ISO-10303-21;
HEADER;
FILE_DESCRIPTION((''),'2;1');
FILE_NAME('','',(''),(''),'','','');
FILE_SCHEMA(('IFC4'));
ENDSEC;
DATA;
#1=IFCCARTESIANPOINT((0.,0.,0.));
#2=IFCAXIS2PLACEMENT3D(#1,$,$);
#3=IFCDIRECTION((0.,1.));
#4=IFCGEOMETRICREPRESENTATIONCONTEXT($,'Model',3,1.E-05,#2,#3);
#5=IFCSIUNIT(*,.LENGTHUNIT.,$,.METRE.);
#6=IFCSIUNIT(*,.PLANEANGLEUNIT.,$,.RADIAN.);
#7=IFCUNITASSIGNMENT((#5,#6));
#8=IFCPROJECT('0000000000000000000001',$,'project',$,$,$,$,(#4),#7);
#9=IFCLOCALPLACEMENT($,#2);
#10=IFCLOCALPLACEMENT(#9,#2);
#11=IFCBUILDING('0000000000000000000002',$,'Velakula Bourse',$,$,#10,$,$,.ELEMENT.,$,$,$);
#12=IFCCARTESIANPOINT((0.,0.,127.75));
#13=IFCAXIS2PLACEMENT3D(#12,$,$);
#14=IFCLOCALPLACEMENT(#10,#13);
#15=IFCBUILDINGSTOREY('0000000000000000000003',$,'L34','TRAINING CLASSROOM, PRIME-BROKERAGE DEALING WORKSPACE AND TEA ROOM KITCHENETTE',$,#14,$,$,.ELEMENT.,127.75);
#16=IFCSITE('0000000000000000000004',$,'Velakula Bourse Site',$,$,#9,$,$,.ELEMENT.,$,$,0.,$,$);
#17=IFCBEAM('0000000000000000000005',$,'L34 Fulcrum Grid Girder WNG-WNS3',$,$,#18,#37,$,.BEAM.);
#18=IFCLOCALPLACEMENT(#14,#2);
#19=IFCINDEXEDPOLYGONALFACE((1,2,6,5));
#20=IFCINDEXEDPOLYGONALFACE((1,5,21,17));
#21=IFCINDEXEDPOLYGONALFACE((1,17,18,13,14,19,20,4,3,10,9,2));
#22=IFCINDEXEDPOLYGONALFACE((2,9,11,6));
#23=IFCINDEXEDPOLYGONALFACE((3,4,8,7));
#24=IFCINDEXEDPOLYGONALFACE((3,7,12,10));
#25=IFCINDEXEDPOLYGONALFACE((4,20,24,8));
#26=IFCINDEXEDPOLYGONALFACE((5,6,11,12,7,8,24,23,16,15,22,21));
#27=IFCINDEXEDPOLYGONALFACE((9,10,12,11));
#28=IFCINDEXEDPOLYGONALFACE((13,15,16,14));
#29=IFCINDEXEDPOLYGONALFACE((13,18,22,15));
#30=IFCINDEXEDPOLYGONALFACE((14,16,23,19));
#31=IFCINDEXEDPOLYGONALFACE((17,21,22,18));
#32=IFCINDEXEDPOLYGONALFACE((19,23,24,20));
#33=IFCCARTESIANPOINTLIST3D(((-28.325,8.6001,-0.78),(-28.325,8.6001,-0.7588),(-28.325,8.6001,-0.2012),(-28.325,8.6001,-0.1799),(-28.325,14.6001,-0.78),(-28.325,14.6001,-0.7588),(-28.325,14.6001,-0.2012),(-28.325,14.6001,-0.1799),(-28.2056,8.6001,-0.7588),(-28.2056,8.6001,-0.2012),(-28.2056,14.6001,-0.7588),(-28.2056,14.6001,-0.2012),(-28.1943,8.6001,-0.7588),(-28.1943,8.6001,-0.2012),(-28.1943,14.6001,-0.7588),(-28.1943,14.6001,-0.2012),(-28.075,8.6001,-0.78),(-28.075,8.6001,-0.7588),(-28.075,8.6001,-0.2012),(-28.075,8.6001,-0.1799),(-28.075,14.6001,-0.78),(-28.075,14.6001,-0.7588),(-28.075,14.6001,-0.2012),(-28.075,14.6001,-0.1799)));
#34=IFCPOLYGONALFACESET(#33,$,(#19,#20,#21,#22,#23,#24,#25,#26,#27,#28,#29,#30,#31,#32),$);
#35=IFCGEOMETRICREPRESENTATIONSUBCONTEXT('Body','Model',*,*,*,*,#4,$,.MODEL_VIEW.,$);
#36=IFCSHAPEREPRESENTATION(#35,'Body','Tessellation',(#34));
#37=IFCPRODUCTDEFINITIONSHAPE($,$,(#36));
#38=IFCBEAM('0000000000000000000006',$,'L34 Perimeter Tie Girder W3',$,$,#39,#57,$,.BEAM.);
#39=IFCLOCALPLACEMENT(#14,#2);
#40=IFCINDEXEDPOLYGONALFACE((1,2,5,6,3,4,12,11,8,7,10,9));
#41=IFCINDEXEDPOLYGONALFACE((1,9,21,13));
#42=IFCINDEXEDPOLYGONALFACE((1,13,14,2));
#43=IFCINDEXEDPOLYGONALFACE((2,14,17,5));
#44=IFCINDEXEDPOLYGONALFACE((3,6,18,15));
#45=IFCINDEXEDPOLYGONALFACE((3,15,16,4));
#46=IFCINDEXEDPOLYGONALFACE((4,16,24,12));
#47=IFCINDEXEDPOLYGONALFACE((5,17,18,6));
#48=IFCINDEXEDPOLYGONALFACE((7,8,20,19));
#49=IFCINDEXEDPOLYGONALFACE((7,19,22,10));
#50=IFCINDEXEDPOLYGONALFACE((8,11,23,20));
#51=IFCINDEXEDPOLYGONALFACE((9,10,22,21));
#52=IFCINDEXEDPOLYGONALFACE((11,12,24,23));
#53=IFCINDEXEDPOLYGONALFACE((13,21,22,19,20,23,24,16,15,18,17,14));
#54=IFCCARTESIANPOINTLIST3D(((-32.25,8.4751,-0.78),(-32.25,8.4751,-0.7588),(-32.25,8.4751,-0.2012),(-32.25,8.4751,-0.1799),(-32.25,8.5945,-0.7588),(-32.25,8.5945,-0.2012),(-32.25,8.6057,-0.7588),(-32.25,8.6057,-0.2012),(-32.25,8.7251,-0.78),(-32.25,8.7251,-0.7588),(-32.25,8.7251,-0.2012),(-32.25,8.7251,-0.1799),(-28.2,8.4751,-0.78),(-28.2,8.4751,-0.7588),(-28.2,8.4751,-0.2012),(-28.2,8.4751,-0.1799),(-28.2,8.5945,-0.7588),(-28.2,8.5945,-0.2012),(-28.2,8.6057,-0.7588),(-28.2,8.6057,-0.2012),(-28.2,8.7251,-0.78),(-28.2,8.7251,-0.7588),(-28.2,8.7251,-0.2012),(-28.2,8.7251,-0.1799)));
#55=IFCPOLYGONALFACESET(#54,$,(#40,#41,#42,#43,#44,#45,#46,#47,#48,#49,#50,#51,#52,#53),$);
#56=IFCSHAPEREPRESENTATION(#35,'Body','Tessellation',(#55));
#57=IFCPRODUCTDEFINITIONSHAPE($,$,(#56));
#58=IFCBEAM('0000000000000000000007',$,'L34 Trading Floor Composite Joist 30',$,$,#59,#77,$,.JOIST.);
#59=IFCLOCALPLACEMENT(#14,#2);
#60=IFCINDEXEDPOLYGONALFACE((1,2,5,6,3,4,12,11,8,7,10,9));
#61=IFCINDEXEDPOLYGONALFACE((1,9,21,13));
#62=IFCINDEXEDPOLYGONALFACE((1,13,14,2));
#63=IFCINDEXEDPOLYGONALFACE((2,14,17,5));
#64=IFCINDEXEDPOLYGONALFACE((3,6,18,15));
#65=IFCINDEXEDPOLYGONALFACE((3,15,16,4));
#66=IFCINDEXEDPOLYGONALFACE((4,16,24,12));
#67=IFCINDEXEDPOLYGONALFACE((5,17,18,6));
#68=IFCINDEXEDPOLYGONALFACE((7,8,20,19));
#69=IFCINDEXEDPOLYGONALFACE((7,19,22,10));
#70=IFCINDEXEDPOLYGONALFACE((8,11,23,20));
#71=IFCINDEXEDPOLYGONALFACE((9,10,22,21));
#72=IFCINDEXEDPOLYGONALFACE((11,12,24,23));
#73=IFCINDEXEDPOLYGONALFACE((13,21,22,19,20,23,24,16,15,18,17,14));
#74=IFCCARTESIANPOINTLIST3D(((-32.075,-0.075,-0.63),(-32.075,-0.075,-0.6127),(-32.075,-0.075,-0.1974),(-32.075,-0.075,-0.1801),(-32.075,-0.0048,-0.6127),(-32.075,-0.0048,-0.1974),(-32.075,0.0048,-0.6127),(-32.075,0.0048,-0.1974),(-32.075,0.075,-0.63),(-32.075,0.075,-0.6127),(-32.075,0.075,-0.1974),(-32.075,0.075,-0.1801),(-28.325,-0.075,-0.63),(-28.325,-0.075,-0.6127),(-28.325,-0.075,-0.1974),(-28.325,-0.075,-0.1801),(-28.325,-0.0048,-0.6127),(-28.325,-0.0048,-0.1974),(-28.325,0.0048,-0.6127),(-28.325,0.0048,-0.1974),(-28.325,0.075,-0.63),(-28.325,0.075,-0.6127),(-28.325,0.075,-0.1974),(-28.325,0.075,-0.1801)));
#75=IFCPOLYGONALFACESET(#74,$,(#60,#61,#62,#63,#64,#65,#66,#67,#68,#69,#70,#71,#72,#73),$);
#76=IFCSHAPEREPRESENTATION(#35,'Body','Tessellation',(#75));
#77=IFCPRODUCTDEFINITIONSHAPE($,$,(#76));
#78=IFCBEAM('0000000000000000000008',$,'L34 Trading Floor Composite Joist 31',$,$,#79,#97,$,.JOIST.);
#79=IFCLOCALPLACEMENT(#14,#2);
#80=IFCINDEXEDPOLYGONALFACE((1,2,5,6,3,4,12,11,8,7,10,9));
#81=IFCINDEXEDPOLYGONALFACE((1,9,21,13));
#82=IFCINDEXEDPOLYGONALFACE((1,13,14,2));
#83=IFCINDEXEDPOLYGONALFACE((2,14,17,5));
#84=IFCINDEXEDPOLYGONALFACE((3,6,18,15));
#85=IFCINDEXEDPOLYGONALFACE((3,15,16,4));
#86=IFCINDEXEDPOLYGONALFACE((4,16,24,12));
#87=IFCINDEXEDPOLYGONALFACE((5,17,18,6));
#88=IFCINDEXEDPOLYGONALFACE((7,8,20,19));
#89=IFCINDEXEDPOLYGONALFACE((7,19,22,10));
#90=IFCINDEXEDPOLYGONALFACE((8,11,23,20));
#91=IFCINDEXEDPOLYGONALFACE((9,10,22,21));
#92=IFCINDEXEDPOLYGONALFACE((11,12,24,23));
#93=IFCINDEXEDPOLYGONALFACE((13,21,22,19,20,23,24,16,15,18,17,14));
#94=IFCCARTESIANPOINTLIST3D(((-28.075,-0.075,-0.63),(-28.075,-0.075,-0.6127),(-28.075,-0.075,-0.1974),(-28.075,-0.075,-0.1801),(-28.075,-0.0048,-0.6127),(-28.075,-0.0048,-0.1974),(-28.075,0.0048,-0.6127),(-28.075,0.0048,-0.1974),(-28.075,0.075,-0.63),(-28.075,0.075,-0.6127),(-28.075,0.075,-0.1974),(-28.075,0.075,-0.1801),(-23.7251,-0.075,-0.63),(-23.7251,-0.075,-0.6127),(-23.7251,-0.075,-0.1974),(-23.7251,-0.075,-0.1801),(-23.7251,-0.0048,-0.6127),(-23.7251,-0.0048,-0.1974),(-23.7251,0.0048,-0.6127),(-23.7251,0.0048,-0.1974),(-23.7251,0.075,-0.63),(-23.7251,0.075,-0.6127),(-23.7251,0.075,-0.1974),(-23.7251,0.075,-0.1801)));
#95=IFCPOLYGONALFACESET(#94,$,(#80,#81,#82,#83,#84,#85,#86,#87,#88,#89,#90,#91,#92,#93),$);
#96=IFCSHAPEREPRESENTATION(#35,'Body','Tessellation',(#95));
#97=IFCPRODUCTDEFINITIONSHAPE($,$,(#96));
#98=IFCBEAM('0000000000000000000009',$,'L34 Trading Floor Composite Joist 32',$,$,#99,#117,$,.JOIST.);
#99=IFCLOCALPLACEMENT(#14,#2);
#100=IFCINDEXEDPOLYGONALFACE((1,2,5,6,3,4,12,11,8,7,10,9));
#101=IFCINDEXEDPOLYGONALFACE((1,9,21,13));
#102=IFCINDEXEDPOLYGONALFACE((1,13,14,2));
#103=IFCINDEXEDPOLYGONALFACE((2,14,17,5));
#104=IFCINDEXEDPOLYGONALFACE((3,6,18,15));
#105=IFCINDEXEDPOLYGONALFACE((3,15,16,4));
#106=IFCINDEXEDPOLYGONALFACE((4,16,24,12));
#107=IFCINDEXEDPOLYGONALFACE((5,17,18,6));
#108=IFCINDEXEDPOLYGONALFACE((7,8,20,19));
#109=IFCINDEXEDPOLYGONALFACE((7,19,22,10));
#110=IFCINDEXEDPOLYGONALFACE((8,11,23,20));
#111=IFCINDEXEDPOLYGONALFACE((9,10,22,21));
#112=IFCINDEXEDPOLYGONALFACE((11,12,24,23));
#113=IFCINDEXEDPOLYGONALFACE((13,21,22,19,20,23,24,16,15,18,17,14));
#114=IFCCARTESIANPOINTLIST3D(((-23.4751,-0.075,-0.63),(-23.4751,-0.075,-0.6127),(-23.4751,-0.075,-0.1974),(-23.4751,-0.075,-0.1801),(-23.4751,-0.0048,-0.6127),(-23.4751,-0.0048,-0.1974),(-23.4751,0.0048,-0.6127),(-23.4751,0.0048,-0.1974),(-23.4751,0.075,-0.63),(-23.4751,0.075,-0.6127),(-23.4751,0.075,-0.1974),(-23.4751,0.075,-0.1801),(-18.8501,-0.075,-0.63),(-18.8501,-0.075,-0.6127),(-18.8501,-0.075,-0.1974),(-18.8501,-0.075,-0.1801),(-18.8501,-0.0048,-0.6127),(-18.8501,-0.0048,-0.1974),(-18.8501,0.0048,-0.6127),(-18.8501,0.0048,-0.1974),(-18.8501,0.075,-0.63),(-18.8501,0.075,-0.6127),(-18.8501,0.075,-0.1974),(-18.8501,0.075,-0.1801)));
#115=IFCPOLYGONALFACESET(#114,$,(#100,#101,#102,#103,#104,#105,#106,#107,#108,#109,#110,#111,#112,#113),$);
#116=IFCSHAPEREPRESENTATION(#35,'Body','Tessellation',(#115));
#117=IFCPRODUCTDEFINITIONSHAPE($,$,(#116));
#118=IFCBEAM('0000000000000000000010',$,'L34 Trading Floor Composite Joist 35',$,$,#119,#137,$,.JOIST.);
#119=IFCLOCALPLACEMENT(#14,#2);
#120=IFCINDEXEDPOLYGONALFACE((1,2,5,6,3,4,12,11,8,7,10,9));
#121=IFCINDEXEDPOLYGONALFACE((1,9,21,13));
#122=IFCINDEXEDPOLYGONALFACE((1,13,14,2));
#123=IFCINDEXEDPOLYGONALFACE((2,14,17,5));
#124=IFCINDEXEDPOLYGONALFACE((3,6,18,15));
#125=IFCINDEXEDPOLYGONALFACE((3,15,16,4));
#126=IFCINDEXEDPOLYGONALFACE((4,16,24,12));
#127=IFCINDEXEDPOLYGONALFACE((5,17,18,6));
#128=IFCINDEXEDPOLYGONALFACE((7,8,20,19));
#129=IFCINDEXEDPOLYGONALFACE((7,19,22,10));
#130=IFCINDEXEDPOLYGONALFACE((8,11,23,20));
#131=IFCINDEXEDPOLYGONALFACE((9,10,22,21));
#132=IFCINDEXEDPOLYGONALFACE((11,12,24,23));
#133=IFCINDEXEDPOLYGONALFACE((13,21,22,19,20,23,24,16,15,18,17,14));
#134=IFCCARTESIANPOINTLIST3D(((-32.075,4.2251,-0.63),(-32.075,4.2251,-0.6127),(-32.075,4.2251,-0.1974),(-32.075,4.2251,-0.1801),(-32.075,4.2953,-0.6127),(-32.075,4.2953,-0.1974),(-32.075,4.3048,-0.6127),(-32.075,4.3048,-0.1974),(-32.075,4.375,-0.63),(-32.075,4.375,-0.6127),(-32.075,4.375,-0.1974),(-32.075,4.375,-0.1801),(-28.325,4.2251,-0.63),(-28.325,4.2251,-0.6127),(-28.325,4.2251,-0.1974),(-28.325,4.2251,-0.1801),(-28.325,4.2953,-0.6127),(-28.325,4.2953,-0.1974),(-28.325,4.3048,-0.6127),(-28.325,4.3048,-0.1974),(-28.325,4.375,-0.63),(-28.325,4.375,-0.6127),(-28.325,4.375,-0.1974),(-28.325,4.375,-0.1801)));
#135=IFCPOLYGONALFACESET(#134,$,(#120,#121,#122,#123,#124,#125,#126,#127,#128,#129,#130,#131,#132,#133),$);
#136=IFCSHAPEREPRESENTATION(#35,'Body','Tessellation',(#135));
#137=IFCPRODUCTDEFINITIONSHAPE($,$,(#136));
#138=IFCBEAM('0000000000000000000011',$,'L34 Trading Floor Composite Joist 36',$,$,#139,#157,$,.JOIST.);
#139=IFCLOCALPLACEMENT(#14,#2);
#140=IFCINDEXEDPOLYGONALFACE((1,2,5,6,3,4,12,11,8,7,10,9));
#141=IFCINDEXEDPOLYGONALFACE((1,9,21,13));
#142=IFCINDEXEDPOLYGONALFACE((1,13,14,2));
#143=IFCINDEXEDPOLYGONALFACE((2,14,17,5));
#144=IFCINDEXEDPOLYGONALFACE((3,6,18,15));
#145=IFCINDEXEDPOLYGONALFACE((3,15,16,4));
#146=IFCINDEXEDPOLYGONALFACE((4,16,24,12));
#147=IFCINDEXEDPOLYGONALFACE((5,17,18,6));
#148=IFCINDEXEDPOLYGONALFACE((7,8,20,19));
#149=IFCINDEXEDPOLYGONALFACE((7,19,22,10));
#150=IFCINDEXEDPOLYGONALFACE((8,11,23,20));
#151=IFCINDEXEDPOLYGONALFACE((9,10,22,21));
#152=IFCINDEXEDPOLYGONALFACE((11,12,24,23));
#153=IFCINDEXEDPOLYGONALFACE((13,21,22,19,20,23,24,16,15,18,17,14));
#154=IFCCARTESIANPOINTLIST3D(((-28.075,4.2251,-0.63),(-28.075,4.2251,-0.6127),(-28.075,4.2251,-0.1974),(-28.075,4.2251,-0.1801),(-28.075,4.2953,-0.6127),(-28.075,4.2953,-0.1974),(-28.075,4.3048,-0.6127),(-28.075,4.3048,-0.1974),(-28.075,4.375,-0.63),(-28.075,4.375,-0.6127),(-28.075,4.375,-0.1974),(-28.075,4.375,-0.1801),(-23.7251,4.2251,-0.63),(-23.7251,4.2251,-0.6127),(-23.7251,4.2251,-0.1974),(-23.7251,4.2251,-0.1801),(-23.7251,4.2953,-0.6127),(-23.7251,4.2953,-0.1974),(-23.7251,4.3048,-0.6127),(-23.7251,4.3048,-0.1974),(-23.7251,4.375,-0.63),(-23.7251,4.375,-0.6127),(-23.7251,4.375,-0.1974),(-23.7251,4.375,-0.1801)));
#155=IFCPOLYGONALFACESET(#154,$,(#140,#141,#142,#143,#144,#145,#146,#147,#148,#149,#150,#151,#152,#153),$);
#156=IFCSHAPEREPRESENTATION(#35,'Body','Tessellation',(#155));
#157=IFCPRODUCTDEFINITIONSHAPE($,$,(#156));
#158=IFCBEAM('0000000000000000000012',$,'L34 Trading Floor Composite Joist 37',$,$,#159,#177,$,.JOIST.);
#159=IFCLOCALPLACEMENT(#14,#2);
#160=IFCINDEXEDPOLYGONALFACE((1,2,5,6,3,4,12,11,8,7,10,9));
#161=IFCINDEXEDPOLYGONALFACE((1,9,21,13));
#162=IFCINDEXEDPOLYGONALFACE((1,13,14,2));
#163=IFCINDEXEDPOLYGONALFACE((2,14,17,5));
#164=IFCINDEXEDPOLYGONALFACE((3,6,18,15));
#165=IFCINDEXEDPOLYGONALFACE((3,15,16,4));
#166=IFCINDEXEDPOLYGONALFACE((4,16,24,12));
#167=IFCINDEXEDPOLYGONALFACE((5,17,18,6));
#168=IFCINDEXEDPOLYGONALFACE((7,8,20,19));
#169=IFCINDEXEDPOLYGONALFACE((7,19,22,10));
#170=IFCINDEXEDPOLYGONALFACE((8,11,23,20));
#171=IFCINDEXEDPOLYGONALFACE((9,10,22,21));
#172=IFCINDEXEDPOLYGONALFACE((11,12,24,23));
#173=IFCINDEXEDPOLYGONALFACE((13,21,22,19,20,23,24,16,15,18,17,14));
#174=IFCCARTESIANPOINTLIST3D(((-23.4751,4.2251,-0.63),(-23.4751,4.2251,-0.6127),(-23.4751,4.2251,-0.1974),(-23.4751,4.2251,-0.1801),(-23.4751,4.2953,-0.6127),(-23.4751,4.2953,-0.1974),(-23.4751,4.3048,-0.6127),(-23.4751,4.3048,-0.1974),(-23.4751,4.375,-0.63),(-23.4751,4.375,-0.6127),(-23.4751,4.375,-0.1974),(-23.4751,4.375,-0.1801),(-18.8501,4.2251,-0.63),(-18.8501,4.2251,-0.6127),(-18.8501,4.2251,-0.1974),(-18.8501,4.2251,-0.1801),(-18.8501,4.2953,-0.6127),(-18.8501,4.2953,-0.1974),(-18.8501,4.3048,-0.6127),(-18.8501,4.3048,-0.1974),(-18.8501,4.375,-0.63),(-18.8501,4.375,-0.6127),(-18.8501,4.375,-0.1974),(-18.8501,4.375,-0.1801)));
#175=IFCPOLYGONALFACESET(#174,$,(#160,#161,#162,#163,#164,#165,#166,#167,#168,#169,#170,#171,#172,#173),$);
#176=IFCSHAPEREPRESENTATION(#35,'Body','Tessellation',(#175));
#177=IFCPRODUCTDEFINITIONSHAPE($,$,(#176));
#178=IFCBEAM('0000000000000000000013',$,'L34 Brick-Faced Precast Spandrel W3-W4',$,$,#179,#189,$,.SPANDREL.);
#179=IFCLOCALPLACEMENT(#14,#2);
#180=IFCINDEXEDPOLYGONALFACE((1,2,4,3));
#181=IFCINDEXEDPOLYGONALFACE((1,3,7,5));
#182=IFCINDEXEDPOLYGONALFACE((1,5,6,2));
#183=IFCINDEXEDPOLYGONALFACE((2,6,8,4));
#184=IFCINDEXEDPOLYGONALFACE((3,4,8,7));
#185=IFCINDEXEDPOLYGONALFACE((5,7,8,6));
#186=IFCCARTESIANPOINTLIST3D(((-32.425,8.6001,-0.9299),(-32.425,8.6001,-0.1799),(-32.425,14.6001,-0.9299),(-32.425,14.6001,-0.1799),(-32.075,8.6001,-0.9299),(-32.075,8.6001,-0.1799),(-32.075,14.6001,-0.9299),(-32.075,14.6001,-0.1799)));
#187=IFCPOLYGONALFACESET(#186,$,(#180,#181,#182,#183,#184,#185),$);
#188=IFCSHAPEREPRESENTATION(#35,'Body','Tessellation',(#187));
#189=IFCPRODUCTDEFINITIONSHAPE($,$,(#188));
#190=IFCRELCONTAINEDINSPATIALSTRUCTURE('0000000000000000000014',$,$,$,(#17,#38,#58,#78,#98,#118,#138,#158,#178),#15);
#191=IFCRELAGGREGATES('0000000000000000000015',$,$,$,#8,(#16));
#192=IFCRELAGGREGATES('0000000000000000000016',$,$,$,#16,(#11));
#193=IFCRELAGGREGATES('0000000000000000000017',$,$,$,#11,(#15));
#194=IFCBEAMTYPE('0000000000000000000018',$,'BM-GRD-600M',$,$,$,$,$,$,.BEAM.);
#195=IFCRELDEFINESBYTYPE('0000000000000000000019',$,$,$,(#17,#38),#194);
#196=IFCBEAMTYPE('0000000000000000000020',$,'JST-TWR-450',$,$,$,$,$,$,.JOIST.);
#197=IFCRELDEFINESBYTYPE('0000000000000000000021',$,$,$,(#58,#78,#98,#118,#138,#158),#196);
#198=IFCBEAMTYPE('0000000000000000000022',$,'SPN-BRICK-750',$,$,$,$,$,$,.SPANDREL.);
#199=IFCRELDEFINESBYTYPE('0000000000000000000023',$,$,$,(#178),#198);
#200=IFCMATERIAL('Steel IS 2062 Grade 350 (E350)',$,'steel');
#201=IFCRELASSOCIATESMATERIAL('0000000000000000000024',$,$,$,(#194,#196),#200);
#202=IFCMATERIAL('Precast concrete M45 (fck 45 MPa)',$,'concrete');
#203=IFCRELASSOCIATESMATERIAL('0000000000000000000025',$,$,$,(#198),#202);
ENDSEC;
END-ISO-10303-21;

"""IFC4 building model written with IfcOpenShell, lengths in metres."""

from ifc_helpers import new_model, si_unit, direction, frame, origin, origin_2d, place, context, subcontext, project, spatial, rectangle, i_section, extrude, material, material_profile, profile_set, type_object, element, save


model = new_model("IFC4")

# Units and contexts
model_context = context("Model", 3, precision=1e-05, world=origin(), true_north=direction((0.0, 1.0)))
body_context = subcontext(model_context, "Body", "Model", "MODEL_VIEW")
ifc_project = project(units=[si_unit("LENGTHUNIT", "METRE"), si_unit("PLANEANGLEUNIT", "RADIAN")], contexts=[model_context])

# Site, building, storey
site_placement = place(None, origin())
site = spatial("IfcSite", under=ifc_project, at=site_placement, Name="Velakula Bourse Site", CompositionType="ELEMENT", RefElevation=0.0)
building_placement = place(site_placement, origin())
building = spatial("IfcBuilding", under=site, at=building_placement, Name="Velakula Bourse", CompositionType="ELEMENT")
storey_placement = place(building_placement, frame((0.0, 0.0, 127.75)))
storey = spatial("IfcBuildingStorey", under=building, at=storey_placement, Name="L34", Description="TRAINING CLASSROOM, PRIME-BROKERAGE DEALING WORKSPACE AND TEA ROOM KITCHENETTE", CompositionType="ELEMENT", Elevation=127.75)

# Shared definitions
ifc_material_1 = material(Name="Steel IS 2062 Grade 350 (E350)", Category="steel")

# Beams
ifc_material_profile_1 = material_profile(ifc_material_1, i_section(OverallWidth=0.25, OverallDepth=0.6001, WebThickness=0.0112, FlangeThickness=0.0212, at=origin_2d()), Name="Steel IS 2062 Grade 350 (E350)")
ifc_profile_set_1 = profile_set([ifc_material_profile_1], Name="Steel IS 2062 Grade 350 (E350)")
beam_type_1 = type_object("IfcBeamType", Name="BM-GRD-600M", PredefinedType="BEAM", material=ifc_profile_set_1)
beam_1_placement = place(storey_placement, frame((-28.2, 8.6001, -0.48), z_axis=(0.0, 1.0, 0.0), x_axis=(-1.0, 0.0, 0.0)))
element("IfcBeam", 1, at=beam_1_placement, inside=storey, type_object=beam_type_1, Name="L34 Fulcrum Grid Girder WNG-WNS3", PredefinedType="BEAM", context=body_context, shape_type="SweptSolid", body=[
    extrude(i_section(OverallWidth=0.25, OverallDepth=0.6001, WebThickness=0.0112, FlangeThickness=0.0212, at=origin_2d()), origin(), (0.0, 0.0, 1.0), 6.0),
])
beam_2_placement = place(storey_placement, frame((-28.2, 8.6001, -0.48), z_axis=(-1.0, 0.0, 0.0), x_axis=(0.0, -1.0, 0.0)))
element("IfcBeam", 2, at=beam_2_placement, inside=storey, type_object=beam_type_1, Name="L34 Perimeter Tie Girder W3", PredefinedType="BEAM", context=body_context, shape_type="SweptSolid", body=[
    extrude(i_section(OverallWidth=0.25, OverallDepth=0.6001, WebThickness=0.0112, FlangeThickness=0.0212, at=origin_2d()), origin(), (0.0, 0.0, 1.0), 4.05),
])
ifc_material_profile_2 = material_profile(ifc_material_1, i_section(OverallWidth=0.1499, OverallDepth=0.45, WebThickness=0.0095, FlangeThickness=0.0173, at=origin_2d()), Name="Steel IS 2062 Grade 350 (E350)")
ifc_profile_set_2 = profile_set([ifc_material_profile_2], Name="Steel IS 2062 Grade 350 (E350)")
beam_type_2 = type_object("IfcBeamType", Name="JST-TWR-450", PredefinedType="JOIST", material=ifc_profile_set_2)
beam_3_placement = place(storey_placement, frame((-32.075, 0.0, -0.405), z_axis=(1.0, 0.0, 0.0), x_axis=(0.0, 1.0, 0.0)))
element("IfcBeam", 3, at=beam_3_placement, inside=storey, type_object=beam_type_2, Name="L34 Trading Floor Composite Joist 30", PredefinedType="JOIST", context=body_context, shape_type="SweptSolid", body=[
    extrude(i_section(OverallWidth=0.1499, OverallDepth=0.45, WebThickness=0.0095, FlangeThickness=0.0173, at=origin_2d()), origin(), (0.0, 0.0, 1.0), 3.75),
])
beam_4_placement = place(storey_placement, frame((-28.075, 0.0, -0.405), z_axis=(1.0, 0.0, 0.0), x_axis=(0.0, 1.0, 0.0)))
element("IfcBeam", 4, at=beam_4_placement, inside=storey, type_object=beam_type_2, Name="L34 Trading Floor Composite Joist 31", PredefinedType="JOIST", context=body_context, shape_type="SweptSolid", body=[
    extrude(i_section(OverallWidth=0.1499, OverallDepth=0.45, WebThickness=0.0095, FlangeThickness=0.0173, at=origin_2d()), origin(), (0.0, 0.0, 1.0), 4.3499),
])
beam_5_placement = place(storey_placement, frame((-23.4751, 0.0, -0.405), z_axis=(1.0, 0.0, 0.0), x_axis=(0.0, 1.0, 0.0)))
element("IfcBeam", 5, at=beam_5_placement, inside=storey, type_object=beam_type_2, Name="L34 Trading Floor Composite Joist 32", PredefinedType="JOIST", context=body_context, shape_type="SweptSolid", body=[
    extrude(i_section(OverallWidth=0.1499, OverallDepth=0.45, WebThickness=0.0095, FlangeThickness=0.0173, at=origin_2d()), origin(), (0.0, 0.0, 1.0), 4.625),
])
beam_6_placement = place(storey_placement, frame((-32.075, 4.3, -0.405), z_axis=(1.0, 0.0, 0.0), x_axis=(0.0, 1.0, 0.0)))
element("IfcBeam", 6, at=beam_6_placement, inside=storey, type_object=beam_type_2, Name="L34 Trading Floor Composite Joist 35", PredefinedType="JOIST", context=body_context, shape_type="SweptSolid", body=[
    extrude(i_section(OverallWidth=0.1499, OverallDepth=0.45, WebThickness=0.0095, FlangeThickness=0.0173, at=origin_2d()), origin(), (0.0, 0.0, 1.0), 3.75),
])
beam_7_placement = place(storey_placement, frame((-28.075, 4.3, -0.405), z_axis=(1.0, 0.0, 0.0), x_axis=(0.0, 1.0, 0.0)))
element("IfcBeam", 7, at=beam_7_placement, inside=storey, type_object=beam_type_2, Name="L34 Trading Floor Composite Joist 36", PredefinedType="JOIST", context=body_context, shape_type="SweptSolid", body=[
    extrude(i_section(OverallWidth=0.1499, OverallDepth=0.45, WebThickness=0.0095, FlangeThickness=0.0173, at=origin_2d()), origin(), (0.0, 0.0, 1.0), 4.3499),
])
beam_8_placement = place(storey_placement, frame((-23.4751, 4.3, -0.405), z_axis=(1.0, 0.0, 0.0), x_axis=(0.0, 1.0, 0.0)))
element("IfcBeam", 8, at=beam_8_placement, inside=storey, type_object=beam_type_2, Name="L34 Trading Floor Composite Joist 37", PredefinedType="JOIST", context=body_context, shape_type="SweptSolid", body=[
    extrude(i_section(OverallWidth=0.1499, OverallDepth=0.45, WebThickness=0.0095, FlangeThickness=0.0173, at=origin_2d()), origin(), (0.0, 0.0, 1.0), 4.625),
])
ifc_material_2 = material(Name="Precast concrete M45 (fck 45 MPa)", Category="concrete")
ifc_material_profile_3 = material_profile(ifc_material_2, rectangle(XDim=0.3501, YDim=0.75, at=origin_2d()), Name="Precast concrete M45 (fck 45 MPa)")
ifc_profile_set_3 = profile_set([ifc_material_profile_3], Name="Precast concrete M45 (fck 45 MPa)")
beam_type_3 = type_object("IfcBeamType", Name="SPN-BRICK-750", PredefinedType="SPANDREL", material=ifc_profile_set_3)
beam_9_placement = place(storey_placement, frame((-32.25, 8.6001, -0.5549), z_axis=(0.0, 1.0, 0.0), x_axis=(-1.0, 0.0, 0.0)))
element("IfcBeam", 9, at=beam_9_placement, inside=storey, type_object=beam_type_3, Name="L34 Brick-Faced Precast Spandrel W3-W4", PredefinedType="SPANDREL", context=body_context, shape_type="SweptSolid", body=[
    extrude(rectangle(XDim=0.3501, YDim=0.75, at=origin_2d()), origin(), (0.0, 0.0, 1.0), 6.0),
])

save(model, "model.ifc")
